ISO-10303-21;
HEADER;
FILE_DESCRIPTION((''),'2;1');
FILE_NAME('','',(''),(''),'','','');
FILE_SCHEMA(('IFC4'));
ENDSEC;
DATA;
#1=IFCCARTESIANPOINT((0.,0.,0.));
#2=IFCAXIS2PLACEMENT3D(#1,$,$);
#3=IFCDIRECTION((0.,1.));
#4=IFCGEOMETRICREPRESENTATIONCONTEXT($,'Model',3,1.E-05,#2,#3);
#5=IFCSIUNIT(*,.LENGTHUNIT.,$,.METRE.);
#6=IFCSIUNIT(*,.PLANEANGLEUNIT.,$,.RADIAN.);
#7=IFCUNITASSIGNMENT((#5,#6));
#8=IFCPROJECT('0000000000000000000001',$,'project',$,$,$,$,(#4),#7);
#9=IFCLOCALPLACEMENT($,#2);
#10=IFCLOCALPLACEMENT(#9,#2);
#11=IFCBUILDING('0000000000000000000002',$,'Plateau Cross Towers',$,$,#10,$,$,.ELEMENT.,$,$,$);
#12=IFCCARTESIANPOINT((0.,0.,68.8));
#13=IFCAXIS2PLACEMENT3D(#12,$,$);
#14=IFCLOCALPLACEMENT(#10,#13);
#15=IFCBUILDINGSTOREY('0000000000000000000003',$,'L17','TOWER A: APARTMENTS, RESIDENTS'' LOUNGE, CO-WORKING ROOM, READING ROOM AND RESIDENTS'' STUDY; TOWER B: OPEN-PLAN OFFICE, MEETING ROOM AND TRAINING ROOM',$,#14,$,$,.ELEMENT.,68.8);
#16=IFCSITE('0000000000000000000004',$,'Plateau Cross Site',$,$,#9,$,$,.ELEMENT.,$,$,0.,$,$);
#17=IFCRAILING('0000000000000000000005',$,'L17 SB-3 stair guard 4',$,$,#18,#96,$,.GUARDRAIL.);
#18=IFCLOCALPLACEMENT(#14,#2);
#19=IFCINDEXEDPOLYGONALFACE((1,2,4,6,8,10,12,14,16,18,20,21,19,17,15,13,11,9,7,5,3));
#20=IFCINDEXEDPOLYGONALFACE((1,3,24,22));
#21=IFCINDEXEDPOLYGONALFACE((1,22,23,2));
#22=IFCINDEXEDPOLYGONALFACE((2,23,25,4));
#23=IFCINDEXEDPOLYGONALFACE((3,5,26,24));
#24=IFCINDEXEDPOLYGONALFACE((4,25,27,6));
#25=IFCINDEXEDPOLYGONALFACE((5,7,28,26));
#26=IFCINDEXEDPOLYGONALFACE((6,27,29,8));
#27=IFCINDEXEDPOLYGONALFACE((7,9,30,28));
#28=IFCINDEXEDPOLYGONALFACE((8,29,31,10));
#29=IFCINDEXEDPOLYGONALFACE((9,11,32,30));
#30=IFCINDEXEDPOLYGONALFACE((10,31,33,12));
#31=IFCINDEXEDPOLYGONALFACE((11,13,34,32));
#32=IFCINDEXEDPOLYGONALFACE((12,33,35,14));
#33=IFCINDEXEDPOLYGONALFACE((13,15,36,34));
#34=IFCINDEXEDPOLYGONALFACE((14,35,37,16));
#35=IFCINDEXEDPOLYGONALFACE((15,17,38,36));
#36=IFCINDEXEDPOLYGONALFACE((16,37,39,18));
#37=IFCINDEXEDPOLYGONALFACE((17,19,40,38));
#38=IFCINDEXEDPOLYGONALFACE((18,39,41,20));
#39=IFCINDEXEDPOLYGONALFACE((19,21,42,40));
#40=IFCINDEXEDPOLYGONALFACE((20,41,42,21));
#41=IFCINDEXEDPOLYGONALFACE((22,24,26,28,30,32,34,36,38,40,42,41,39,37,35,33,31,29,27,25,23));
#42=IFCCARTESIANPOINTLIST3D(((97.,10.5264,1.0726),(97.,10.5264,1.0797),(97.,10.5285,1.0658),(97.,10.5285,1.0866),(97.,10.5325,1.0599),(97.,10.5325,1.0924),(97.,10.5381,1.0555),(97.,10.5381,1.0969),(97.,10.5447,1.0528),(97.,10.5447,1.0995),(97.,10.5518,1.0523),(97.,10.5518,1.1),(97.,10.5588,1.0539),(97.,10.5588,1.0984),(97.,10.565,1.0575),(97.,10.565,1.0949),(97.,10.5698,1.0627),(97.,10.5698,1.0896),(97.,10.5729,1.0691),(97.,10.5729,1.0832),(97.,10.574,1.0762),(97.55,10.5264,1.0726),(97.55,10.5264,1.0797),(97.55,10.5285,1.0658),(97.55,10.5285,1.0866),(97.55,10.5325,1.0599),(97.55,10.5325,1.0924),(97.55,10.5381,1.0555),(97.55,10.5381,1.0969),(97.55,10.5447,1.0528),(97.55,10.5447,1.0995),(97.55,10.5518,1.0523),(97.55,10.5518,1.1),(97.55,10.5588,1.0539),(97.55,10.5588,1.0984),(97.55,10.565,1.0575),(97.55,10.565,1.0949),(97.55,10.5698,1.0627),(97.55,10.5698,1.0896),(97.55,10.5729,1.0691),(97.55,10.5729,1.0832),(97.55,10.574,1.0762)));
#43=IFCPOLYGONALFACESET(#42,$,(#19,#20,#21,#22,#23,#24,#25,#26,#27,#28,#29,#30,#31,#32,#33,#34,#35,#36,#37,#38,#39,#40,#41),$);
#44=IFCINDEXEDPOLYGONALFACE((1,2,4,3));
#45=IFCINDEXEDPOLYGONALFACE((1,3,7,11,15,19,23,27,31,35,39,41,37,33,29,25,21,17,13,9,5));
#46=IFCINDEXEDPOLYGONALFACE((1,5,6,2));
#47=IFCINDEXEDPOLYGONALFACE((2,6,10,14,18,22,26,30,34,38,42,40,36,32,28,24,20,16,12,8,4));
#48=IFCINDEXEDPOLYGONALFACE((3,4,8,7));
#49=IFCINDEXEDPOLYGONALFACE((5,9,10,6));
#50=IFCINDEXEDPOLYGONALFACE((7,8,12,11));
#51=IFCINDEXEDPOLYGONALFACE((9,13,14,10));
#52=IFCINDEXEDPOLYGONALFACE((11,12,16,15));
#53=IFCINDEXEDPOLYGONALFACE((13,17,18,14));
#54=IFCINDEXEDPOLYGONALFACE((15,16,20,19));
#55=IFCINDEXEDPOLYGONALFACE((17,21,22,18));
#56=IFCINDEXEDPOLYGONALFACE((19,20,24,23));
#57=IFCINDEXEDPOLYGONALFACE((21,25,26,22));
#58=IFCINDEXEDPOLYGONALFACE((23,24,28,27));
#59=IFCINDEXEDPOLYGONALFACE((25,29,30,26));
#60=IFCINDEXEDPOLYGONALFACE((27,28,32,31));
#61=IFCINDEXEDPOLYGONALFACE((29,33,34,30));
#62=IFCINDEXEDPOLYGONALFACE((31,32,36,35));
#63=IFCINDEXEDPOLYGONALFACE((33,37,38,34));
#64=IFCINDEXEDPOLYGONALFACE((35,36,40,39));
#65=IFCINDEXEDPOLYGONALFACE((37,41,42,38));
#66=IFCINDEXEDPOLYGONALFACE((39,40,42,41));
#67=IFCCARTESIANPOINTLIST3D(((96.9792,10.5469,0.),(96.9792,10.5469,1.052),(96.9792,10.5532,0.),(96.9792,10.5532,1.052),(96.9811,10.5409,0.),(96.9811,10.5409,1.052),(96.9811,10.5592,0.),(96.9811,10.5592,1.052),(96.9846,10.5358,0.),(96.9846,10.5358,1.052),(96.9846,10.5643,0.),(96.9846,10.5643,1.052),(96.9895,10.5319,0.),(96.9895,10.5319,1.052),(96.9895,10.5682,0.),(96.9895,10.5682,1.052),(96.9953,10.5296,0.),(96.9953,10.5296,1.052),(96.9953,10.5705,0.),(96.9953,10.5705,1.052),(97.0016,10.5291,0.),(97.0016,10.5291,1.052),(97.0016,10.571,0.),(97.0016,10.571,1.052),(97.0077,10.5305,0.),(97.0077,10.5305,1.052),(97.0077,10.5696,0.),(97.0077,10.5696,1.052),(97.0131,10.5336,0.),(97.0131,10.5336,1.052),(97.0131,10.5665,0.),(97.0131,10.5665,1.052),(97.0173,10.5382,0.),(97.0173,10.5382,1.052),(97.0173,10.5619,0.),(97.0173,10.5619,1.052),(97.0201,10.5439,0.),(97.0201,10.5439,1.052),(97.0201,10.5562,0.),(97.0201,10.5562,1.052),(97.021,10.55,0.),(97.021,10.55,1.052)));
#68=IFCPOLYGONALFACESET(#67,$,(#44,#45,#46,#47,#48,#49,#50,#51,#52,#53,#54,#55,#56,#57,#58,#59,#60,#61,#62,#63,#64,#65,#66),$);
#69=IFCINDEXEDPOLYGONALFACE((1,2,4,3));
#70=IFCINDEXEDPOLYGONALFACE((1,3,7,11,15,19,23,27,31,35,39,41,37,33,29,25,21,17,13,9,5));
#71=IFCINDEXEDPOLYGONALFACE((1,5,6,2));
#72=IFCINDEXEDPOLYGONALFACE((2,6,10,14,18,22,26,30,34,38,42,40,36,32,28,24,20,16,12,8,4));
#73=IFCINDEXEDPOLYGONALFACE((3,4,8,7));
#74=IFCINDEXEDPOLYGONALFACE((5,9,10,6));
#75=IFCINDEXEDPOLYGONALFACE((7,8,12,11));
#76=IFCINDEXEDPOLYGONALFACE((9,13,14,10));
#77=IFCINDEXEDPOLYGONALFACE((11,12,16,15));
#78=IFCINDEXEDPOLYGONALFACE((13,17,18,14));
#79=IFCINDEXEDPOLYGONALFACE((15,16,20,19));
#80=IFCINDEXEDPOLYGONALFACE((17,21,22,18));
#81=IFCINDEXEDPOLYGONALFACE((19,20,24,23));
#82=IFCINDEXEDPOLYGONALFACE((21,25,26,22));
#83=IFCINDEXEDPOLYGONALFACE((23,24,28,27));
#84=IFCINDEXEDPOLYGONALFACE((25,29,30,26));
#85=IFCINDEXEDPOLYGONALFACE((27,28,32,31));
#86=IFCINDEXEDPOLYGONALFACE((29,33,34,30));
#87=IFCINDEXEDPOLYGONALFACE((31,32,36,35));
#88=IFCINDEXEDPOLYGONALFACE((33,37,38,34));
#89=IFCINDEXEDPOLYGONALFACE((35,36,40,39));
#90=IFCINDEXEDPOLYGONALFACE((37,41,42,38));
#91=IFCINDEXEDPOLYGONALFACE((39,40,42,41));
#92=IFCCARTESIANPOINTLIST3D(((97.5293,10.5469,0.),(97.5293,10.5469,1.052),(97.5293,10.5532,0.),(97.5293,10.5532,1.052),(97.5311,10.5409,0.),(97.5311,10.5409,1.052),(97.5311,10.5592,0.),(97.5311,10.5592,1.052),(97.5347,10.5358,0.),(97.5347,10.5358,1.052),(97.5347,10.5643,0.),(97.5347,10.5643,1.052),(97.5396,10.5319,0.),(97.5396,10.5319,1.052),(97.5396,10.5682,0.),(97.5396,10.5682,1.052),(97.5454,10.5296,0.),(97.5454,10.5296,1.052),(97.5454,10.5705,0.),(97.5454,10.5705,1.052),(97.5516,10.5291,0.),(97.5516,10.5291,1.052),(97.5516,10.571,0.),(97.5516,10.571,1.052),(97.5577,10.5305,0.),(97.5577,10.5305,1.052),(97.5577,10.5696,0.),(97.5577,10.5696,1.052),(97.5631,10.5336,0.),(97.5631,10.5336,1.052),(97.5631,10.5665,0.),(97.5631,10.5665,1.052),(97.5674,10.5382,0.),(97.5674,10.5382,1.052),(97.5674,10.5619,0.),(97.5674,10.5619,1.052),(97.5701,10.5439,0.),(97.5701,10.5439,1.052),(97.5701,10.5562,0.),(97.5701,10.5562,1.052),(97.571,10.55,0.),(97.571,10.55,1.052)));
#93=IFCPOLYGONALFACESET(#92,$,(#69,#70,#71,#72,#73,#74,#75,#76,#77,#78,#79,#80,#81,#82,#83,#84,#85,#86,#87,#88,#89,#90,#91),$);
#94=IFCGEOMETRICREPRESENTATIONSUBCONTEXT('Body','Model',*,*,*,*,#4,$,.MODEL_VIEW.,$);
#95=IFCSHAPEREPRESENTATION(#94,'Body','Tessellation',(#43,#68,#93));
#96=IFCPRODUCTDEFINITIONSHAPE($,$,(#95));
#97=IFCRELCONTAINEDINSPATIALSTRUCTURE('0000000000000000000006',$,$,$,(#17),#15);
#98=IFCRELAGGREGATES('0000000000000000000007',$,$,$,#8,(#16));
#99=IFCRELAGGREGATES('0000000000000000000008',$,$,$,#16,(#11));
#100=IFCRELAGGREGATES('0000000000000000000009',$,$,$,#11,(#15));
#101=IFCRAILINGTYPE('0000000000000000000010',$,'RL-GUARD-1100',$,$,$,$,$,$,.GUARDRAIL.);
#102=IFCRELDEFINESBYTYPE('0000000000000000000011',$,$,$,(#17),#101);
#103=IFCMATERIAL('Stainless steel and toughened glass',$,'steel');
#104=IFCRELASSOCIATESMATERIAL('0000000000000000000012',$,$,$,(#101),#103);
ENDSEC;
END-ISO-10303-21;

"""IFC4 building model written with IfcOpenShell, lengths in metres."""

from ifc_helpers import new_model, si_unit, direction, frame, origin, origin_2d, place, context, subcontext, project, spatial, circle, extrude, material, type_object, element, save


model = new_model("IFC4")

# Units and contexts
model_context = context("Model", 3, precision=1e-05, world=origin(), true_north=direction((0.0, 1.0)))
body_context = subcontext(model_context, "Body", "Model", "MODEL_VIEW")
ifc_project = project(units=[si_unit("LENGTHUNIT", "METRE"), si_unit("PLANEANGLEUNIT", "RADIAN")], contexts=[model_context])

# Site, building, storey
site_placement = place(None, origin())
site = spatial("IfcSite", under=ifc_project, at=site_placement, Name="Plateau Cross Site", CompositionType="ELEMENT", RefElevation=0.0)
building_placement = place(site_placement, origin())
building = spatial("IfcBuilding", under=site, at=building_placement, Name="Plateau Cross Towers", CompositionType="ELEMENT")
storey_placement = place(building_placement, frame((0.0, 0.0, 68.8)))
storey = spatial("IfcBuildingStorey", under=building, at=storey_placement, Name="L17", Description="TOWER A: APARTMENTS, RESIDENTS' LOUNGE, CO-WORKING ROOM, READING ROOM AND RESIDENTS' STUDY; TOWER B: OPEN-PLAN OFFICE, MEETING ROOM AND TRAINING ROOM", CompositionType="ELEMENT", Elevation=68.8)

# Railing
ifc_material_1 = material(Name="Stainless steel and toughened glass", Category="steel")
railing_type_1 = type_object("IfcRailingType", Name="RL-GUARD-1100", PredefinedType="GUARDRAIL", material=ifc_material_1)
railing_1_placement = place(storey_placement, frame((97.0, 10.55, 0.0)))
element("IfcRailing", 1, at=railing_1_placement, inside=storey, type_object=railing_type_1, Name="L17 SB-3 stair guard 4", PredefinedType="GUARDRAIL", context=body_context, shape_type="SweptSolid", body=[
    extrude(circle(Radius=0.0239, at=origin_2d()), frame((0.0, 0.0, 1.0762), z_axis=(1.0, 0.0, 0.0), x_axis=(0.0, 1.0, 0.0)), (0.0, 0.0, 1.0), 0.55),
    extrude(circle(Radius=0.021, at=origin_2d()), origin(), (0.0, 0.0, 1.0), 1.052),
    extrude(circle(Radius=0.021, at=origin_2d()), frame((0.55, 0.0, 0.0)), (0.0, 0.0, 1.0), 1.052),
])

save(model, "model.ifc")
